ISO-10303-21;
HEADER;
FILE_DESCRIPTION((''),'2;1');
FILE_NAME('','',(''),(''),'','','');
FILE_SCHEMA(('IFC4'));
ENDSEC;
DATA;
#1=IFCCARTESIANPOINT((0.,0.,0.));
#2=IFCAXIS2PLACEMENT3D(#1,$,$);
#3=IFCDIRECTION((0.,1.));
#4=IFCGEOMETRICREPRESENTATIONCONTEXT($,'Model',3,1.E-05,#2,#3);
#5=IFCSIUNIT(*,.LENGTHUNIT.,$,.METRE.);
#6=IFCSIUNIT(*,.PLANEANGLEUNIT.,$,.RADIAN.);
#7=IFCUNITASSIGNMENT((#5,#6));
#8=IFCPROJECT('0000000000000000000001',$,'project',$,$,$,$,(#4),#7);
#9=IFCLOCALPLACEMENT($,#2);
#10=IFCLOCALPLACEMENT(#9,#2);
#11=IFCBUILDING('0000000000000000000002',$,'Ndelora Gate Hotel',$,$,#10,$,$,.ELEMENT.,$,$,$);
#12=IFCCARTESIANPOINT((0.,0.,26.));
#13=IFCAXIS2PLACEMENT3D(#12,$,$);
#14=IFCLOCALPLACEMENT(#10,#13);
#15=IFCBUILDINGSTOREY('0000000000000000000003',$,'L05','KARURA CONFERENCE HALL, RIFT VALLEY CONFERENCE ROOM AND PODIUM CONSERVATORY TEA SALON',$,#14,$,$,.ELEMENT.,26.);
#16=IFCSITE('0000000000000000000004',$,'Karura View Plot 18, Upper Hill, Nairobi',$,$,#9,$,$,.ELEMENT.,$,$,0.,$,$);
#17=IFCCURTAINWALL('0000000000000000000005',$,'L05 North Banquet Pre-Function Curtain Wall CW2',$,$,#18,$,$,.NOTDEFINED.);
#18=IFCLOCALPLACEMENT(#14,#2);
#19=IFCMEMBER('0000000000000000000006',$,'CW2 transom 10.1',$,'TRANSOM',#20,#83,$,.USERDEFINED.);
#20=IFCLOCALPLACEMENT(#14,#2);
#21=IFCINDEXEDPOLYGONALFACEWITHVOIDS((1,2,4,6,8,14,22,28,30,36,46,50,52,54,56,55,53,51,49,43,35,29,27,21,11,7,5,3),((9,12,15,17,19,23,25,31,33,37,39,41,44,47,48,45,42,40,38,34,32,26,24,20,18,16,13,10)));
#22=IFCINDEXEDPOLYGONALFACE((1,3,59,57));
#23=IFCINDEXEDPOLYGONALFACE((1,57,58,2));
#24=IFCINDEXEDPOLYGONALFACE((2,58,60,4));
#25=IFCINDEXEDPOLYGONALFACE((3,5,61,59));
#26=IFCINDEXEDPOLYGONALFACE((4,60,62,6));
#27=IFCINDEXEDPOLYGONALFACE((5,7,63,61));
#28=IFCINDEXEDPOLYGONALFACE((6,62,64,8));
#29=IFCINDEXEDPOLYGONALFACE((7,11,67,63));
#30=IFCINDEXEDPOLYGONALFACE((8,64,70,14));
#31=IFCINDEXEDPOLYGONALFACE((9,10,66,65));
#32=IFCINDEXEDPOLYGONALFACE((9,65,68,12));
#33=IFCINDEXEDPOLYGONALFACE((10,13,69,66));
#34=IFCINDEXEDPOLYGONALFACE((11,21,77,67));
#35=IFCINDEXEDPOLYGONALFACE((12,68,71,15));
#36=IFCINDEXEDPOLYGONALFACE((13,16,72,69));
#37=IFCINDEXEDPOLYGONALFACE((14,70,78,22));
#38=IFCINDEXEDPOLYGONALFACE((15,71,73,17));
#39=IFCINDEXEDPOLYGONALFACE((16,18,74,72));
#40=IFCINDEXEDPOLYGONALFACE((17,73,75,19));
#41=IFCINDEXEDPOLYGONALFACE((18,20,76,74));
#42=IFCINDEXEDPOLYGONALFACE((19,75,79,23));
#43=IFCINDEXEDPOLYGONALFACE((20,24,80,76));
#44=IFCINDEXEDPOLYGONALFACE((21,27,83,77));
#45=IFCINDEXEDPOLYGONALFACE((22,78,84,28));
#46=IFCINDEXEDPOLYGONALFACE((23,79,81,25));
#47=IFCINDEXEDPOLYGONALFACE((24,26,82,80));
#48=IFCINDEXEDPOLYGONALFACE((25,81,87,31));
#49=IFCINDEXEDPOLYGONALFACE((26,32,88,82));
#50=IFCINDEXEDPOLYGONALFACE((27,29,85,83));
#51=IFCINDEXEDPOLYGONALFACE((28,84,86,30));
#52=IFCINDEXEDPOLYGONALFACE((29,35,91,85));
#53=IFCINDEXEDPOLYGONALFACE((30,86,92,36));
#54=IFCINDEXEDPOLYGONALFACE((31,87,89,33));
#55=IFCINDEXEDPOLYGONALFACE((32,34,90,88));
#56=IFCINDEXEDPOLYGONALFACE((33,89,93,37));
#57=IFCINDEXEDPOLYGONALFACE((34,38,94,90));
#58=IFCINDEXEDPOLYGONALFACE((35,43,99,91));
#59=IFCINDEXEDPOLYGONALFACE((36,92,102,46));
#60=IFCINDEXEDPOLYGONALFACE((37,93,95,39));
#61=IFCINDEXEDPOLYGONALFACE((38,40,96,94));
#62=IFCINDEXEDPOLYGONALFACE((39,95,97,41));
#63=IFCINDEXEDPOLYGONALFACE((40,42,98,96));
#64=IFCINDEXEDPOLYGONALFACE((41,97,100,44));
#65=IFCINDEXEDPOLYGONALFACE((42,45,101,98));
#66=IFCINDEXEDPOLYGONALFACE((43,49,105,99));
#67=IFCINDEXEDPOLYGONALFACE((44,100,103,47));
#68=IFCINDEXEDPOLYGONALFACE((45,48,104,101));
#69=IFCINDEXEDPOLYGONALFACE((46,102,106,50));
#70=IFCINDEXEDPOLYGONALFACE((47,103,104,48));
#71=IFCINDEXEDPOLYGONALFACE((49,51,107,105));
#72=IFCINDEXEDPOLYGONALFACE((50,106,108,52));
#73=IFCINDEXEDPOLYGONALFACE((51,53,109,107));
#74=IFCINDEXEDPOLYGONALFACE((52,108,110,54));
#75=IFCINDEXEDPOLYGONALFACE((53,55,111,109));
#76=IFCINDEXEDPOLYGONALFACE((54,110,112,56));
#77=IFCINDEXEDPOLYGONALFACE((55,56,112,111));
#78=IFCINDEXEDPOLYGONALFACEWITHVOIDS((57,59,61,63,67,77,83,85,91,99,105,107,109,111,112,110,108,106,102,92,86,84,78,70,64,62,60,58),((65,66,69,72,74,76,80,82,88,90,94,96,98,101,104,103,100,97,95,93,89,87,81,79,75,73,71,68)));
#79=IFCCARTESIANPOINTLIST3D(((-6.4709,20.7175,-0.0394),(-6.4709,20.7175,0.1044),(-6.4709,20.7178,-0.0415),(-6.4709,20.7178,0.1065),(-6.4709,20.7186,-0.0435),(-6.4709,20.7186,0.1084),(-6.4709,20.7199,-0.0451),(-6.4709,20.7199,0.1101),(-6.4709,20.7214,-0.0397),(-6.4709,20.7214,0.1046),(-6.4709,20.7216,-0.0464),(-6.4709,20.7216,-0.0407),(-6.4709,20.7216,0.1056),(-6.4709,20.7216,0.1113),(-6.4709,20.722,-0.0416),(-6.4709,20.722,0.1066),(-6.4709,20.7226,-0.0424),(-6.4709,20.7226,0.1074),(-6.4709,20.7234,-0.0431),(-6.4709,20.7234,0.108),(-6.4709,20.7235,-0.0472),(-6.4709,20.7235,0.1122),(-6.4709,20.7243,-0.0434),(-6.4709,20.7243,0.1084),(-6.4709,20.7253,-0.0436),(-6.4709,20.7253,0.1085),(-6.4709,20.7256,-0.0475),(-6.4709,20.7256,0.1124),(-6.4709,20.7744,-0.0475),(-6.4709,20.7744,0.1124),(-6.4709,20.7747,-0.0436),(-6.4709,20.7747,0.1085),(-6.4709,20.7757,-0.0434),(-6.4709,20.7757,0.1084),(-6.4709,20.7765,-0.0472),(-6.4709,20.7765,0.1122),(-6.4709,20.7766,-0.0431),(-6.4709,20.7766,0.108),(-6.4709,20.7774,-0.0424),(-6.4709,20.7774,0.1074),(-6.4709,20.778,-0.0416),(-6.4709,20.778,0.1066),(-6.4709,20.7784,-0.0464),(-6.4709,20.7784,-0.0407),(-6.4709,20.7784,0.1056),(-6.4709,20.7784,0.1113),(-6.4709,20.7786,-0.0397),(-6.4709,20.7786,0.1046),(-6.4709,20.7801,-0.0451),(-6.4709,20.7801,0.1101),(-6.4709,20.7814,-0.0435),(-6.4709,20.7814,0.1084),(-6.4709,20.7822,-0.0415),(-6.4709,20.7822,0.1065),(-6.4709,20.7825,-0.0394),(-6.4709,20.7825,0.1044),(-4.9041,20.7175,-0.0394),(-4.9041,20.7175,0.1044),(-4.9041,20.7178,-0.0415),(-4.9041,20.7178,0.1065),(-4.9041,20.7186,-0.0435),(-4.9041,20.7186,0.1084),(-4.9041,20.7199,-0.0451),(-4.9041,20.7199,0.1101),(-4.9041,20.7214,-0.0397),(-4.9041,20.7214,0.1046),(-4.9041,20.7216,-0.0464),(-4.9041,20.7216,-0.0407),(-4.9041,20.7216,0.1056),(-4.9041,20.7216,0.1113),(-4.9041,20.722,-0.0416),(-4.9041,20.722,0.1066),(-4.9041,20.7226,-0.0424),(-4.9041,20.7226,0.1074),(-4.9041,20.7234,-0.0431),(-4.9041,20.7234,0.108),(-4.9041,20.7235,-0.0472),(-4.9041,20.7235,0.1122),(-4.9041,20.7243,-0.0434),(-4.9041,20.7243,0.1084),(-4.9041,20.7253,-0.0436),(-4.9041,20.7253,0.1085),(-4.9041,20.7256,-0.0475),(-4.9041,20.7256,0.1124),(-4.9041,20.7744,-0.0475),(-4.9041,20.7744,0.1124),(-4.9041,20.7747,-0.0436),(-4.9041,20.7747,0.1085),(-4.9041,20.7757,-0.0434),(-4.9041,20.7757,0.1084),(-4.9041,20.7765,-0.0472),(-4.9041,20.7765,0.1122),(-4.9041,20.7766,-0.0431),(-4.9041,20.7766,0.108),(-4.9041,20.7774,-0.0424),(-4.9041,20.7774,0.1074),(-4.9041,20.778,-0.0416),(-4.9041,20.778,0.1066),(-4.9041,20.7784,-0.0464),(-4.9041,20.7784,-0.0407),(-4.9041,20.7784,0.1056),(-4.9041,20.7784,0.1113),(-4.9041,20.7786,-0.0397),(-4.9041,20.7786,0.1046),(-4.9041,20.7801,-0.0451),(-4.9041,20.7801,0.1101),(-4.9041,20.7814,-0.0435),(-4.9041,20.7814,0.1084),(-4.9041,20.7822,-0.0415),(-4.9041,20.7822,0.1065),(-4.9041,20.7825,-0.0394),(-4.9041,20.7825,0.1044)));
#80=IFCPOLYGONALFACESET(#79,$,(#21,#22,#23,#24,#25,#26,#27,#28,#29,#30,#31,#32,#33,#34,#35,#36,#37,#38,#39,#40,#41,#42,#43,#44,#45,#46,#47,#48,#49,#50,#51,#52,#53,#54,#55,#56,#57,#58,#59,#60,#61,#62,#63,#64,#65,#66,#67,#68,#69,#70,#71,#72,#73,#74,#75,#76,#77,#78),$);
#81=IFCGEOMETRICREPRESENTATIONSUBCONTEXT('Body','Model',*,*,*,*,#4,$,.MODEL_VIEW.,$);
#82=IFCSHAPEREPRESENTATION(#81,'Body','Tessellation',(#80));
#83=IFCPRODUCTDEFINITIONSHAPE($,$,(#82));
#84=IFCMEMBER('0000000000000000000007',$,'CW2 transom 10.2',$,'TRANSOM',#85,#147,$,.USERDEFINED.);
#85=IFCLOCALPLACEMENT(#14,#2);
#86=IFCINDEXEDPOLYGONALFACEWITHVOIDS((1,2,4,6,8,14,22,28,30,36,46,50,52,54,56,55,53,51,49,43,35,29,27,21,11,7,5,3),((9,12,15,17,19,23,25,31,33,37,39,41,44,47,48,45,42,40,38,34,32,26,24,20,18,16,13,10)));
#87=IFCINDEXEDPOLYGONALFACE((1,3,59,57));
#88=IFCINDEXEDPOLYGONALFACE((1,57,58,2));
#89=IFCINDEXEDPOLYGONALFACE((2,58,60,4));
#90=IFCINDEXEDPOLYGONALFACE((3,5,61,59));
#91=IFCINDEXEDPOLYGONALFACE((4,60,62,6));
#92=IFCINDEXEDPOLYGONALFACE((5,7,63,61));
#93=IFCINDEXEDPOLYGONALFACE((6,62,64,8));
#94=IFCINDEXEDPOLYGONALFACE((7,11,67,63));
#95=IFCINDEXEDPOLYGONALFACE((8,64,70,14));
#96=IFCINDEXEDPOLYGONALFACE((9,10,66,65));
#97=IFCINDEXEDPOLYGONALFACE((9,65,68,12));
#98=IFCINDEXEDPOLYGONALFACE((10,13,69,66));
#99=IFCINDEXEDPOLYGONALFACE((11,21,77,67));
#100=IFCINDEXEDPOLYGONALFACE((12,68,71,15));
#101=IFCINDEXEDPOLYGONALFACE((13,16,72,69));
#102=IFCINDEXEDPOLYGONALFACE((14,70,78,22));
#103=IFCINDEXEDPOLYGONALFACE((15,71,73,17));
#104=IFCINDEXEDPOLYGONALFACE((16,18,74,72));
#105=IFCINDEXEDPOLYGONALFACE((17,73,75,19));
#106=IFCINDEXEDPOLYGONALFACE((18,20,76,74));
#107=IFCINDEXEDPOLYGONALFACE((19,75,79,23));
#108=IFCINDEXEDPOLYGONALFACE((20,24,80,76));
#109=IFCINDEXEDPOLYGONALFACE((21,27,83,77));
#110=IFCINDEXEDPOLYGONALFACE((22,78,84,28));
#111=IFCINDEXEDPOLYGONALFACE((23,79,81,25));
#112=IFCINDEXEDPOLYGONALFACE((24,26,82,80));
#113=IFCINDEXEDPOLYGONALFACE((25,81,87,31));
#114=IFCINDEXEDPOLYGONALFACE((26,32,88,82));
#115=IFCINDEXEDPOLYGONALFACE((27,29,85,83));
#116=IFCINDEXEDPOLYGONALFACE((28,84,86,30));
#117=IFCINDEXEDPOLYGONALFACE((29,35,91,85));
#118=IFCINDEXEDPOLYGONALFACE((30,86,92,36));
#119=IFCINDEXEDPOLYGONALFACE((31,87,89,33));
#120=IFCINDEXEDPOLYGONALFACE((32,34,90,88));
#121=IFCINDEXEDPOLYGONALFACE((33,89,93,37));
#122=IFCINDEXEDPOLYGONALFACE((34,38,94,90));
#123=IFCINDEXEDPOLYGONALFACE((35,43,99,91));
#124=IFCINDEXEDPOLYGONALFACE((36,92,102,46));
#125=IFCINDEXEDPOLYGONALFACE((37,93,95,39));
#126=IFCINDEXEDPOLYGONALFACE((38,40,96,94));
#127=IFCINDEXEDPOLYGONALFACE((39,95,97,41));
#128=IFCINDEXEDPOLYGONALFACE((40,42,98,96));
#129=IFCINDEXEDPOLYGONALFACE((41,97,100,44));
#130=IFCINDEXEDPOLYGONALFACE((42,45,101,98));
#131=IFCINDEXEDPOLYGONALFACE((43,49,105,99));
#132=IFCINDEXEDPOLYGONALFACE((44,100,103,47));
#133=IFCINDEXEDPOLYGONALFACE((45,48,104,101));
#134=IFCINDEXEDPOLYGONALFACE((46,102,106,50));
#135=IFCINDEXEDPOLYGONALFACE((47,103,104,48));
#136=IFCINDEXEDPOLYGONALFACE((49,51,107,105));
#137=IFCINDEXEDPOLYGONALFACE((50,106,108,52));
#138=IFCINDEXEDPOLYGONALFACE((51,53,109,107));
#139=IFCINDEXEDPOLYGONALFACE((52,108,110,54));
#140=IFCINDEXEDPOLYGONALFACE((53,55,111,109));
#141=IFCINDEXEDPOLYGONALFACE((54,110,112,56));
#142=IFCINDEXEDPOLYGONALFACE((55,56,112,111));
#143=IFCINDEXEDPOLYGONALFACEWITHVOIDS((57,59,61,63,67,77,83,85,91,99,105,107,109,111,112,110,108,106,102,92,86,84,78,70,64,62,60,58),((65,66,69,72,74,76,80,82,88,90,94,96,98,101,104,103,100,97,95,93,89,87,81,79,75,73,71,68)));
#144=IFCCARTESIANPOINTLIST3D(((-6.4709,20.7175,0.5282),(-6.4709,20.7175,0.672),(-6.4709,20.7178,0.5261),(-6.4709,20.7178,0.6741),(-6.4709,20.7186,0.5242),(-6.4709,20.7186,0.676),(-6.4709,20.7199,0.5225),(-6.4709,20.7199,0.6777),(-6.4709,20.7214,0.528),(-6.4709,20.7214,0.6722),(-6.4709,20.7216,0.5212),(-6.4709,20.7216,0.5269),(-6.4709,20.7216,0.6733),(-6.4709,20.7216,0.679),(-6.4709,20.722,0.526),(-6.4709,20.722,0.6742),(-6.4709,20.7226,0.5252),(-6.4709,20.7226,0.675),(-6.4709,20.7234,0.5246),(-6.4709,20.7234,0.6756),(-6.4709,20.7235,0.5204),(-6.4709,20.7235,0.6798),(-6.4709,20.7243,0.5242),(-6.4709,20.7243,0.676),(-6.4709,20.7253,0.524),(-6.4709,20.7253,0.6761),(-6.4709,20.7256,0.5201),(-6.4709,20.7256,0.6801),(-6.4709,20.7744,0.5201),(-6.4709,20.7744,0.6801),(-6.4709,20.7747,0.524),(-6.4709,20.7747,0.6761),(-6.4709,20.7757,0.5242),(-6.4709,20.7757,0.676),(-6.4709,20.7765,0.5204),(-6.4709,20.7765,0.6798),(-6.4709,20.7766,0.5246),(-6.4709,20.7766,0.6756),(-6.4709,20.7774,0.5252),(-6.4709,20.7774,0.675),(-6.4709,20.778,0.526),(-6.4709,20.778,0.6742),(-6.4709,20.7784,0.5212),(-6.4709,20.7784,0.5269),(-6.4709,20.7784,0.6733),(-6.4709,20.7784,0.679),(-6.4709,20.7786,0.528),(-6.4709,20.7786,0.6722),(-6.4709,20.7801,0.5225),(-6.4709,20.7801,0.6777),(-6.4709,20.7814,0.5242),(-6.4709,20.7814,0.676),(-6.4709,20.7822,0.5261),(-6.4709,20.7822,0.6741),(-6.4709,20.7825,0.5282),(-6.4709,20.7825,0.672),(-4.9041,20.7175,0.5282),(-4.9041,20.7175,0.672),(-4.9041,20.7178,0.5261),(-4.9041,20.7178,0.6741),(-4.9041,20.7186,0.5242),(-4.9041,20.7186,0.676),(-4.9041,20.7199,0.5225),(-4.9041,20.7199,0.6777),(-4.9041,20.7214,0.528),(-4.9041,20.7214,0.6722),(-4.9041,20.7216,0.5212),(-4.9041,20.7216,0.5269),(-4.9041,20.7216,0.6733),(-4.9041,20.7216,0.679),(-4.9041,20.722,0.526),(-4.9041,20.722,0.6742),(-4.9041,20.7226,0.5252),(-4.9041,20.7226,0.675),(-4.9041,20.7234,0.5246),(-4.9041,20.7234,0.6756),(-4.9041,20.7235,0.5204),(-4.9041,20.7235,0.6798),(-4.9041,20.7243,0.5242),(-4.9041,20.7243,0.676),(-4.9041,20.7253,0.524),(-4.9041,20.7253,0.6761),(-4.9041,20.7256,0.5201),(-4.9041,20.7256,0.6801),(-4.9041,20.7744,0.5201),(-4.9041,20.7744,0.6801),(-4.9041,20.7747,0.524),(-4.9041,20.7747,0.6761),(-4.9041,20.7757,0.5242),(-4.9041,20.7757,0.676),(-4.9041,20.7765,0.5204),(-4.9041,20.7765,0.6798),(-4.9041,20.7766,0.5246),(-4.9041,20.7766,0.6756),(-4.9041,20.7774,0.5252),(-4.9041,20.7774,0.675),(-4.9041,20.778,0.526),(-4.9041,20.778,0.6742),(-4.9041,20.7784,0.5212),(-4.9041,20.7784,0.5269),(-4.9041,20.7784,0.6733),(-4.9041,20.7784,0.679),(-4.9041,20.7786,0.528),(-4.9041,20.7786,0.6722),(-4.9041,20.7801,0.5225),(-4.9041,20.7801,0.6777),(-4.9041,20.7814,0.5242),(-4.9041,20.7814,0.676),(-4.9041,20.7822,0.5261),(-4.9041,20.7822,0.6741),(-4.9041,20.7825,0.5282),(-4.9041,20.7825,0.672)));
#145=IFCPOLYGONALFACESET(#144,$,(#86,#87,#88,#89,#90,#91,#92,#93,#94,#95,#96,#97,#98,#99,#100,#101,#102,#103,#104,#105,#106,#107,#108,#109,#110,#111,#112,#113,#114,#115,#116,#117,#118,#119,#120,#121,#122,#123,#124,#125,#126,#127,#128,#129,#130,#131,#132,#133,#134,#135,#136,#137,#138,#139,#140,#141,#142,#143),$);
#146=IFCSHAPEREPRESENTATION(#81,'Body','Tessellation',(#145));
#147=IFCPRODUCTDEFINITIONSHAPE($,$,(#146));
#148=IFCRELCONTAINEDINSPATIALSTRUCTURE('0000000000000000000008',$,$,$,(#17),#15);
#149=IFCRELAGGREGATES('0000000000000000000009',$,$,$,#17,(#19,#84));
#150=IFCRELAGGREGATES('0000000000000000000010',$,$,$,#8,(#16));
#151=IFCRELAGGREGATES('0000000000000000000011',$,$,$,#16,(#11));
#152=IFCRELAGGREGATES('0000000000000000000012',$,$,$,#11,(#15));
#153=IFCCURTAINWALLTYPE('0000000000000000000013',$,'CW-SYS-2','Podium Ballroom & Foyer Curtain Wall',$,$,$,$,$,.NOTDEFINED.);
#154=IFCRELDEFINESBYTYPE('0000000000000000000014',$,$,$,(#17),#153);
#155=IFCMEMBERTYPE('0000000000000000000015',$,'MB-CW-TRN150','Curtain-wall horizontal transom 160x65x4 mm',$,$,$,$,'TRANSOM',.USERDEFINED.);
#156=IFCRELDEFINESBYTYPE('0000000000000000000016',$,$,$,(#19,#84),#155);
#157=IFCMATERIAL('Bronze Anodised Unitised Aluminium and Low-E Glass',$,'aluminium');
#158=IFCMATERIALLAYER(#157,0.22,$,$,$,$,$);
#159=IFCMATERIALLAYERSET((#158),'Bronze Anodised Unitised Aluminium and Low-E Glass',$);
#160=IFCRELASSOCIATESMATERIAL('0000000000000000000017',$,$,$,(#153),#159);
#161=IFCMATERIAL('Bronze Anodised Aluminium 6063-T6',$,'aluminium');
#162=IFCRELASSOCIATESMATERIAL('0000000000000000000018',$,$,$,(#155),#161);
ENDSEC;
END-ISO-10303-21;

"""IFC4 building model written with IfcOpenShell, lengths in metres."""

from ifc_helpers import new_model, si_unit, direction, frame, origin, origin_2d, place, context, subcontext, project, spatial, hollow_rectangle, extrude, material, layer, layer_set, material_profile, profile_set, type_object, element, aggregate, save


model = new_model("IFC4")

# Units and contexts
model_context = context("Model", 3, precision=1e-05, world=origin(), true_north=direction((0.0, 1.0)))
body_context = subcontext(model_context, "Body", "Model", "MODEL_VIEW")
ifc_project = project(units=[si_unit("LENGTHUNIT", "METRE"), si_unit("PLANEANGLEUNIT", "RADIAN")], contexts=[model_context])

# Site, building, storey
site_placement = place(None, origin())
site = spatial("IfcSite", under=ifc_project, at=site_placement, Name="Karura View Plot 18, Upper Hill, Nairobi", CompositionType="ELEMENT", RefElevation=0.0)
building_placement = place(site_placement, origin())
building = spatial("IfcBuilding", under=site, at=building_placement, Name="Ndelora Gate Hotel", CompositionType="ELEMENT")
storey_placement = place(building_placement, frame((0.0, 0.0, 26.0)))
storey = spatial("IfcBuildingStorey", under=building, at=storey_placement, Name="L05", Description="KARURA CONFERENCE HALL, RIFT VALLEY CONFERENCE ROOM AND PODIUM CONSERVATORY TEA SALON", CompositionType="ELEMENT", Elevation=26.0)

# Curtain wall, members
ifc_material_1 = material(Name="Bronze Anodised Unitised Aluminium and Low-E Glass", Category="aluminium")
ifc_layer_1 = layer(ifc_material_1, 0.22)
ifc_layer_set_1 = layer_set([ifc_layer_1], Name="Bronze Anodised Unitised Aluminium and Low-E Glass")
curtain_wall_type = type_object("IfcCurtainWallType", Name="CW-SYS-2", Description="Podium Ballroom & Foyer Curtain Wall", PredefinedType="NOTDEFINED", material=ifc_layer_set_1)
curtain_wall_placement = place(storey_placement, origin())
curtain_wall = element("IfcCurtainWall", 1, at=curtain_wall_placement, inside=storey, type_object=curtain_wall_type, Name="L05 North Banquet Pre-Function Curtain Wall CW2", PredefinedType="NOTDEFINED")
ifc_material_2 = material(Name="Bronze Anodised Aluminium 6063-T6", Category="aluminium")
ifc_material_profile_1 = material_profile(ifc_material_2, hollow_rectangle(XDim=0.0649, YDim=0.1599, WallThickness=0.0039, InnerFilletRadius=0.0039, OuterFilletRadius=0.0081, at=origin_2d()), Name="ALU 160x65x4")
ifc_profile_set_1 = profile_set([ifc_material_profile_1], Name="Bronze Anodised Aluminium 6063-T6")
member_type_1 = type_object("IfcMemberType", Name="MB-CW-TRN150", Description="Curtain-wall horizontal transom 160x65x4 mm", ElementType="TRANSOM", PredefinedType="USERDEFINED", material=ifc_profile_set_1)
member_1_placement = place(storey_placement, frame((-4.9041, 20.75, 0.0325), z_axis=(-1.0, 0.0, 0.0), x_axis=(0.0, -1.0, 0.0)))
member_1 = element("IfcMember", 2, at=member_1_placement, type_object=member_type_1, Name="CW2 transom 10.1", ObjectType="TRANSOM", PredefinedType="USERDEFINED", context=body_context, shape_type="SweptSolid", body=[
    extrude(hollow_rectangle(XDim=0.0649, YDim=0.1599, WallThickness=0.0039, InnerFilletRadius=0.0039, OuterFilletRadius=0.0081, at=origin_2d()), origin(), (0.0, 0.0, 1.0), 1.5669),
])
member_2_placement = place(storey_placement, frame((-4.9041, 20.75, 0.6001), z_axis=(-1.0, 0.0, 0.0), x_axis=(0.0, -1.0, 0.0)))
member_2 = element("IfcMember", 3, at=member_2_placement, type_object=member_type_1, Name="CW2 transom 10.2", ObjectType="TRANSOM", PredefinedType="USERDEFINED", context=body_context, shape_type="SweptSolid", body=[
    extrude(hollow_rectangle(XDim=0.0649, YDim=0.1599, WallThickness=0.0039, InnerFilletRadius=0.0039, OuterFilletRadius=0.0081, at=origin_2d()), origin(), (0.0, 0.0, 1.0), 1.5669),
])
aggregate(curtain_wall, [member_1, member_2])

save(model, "model.ifc")
